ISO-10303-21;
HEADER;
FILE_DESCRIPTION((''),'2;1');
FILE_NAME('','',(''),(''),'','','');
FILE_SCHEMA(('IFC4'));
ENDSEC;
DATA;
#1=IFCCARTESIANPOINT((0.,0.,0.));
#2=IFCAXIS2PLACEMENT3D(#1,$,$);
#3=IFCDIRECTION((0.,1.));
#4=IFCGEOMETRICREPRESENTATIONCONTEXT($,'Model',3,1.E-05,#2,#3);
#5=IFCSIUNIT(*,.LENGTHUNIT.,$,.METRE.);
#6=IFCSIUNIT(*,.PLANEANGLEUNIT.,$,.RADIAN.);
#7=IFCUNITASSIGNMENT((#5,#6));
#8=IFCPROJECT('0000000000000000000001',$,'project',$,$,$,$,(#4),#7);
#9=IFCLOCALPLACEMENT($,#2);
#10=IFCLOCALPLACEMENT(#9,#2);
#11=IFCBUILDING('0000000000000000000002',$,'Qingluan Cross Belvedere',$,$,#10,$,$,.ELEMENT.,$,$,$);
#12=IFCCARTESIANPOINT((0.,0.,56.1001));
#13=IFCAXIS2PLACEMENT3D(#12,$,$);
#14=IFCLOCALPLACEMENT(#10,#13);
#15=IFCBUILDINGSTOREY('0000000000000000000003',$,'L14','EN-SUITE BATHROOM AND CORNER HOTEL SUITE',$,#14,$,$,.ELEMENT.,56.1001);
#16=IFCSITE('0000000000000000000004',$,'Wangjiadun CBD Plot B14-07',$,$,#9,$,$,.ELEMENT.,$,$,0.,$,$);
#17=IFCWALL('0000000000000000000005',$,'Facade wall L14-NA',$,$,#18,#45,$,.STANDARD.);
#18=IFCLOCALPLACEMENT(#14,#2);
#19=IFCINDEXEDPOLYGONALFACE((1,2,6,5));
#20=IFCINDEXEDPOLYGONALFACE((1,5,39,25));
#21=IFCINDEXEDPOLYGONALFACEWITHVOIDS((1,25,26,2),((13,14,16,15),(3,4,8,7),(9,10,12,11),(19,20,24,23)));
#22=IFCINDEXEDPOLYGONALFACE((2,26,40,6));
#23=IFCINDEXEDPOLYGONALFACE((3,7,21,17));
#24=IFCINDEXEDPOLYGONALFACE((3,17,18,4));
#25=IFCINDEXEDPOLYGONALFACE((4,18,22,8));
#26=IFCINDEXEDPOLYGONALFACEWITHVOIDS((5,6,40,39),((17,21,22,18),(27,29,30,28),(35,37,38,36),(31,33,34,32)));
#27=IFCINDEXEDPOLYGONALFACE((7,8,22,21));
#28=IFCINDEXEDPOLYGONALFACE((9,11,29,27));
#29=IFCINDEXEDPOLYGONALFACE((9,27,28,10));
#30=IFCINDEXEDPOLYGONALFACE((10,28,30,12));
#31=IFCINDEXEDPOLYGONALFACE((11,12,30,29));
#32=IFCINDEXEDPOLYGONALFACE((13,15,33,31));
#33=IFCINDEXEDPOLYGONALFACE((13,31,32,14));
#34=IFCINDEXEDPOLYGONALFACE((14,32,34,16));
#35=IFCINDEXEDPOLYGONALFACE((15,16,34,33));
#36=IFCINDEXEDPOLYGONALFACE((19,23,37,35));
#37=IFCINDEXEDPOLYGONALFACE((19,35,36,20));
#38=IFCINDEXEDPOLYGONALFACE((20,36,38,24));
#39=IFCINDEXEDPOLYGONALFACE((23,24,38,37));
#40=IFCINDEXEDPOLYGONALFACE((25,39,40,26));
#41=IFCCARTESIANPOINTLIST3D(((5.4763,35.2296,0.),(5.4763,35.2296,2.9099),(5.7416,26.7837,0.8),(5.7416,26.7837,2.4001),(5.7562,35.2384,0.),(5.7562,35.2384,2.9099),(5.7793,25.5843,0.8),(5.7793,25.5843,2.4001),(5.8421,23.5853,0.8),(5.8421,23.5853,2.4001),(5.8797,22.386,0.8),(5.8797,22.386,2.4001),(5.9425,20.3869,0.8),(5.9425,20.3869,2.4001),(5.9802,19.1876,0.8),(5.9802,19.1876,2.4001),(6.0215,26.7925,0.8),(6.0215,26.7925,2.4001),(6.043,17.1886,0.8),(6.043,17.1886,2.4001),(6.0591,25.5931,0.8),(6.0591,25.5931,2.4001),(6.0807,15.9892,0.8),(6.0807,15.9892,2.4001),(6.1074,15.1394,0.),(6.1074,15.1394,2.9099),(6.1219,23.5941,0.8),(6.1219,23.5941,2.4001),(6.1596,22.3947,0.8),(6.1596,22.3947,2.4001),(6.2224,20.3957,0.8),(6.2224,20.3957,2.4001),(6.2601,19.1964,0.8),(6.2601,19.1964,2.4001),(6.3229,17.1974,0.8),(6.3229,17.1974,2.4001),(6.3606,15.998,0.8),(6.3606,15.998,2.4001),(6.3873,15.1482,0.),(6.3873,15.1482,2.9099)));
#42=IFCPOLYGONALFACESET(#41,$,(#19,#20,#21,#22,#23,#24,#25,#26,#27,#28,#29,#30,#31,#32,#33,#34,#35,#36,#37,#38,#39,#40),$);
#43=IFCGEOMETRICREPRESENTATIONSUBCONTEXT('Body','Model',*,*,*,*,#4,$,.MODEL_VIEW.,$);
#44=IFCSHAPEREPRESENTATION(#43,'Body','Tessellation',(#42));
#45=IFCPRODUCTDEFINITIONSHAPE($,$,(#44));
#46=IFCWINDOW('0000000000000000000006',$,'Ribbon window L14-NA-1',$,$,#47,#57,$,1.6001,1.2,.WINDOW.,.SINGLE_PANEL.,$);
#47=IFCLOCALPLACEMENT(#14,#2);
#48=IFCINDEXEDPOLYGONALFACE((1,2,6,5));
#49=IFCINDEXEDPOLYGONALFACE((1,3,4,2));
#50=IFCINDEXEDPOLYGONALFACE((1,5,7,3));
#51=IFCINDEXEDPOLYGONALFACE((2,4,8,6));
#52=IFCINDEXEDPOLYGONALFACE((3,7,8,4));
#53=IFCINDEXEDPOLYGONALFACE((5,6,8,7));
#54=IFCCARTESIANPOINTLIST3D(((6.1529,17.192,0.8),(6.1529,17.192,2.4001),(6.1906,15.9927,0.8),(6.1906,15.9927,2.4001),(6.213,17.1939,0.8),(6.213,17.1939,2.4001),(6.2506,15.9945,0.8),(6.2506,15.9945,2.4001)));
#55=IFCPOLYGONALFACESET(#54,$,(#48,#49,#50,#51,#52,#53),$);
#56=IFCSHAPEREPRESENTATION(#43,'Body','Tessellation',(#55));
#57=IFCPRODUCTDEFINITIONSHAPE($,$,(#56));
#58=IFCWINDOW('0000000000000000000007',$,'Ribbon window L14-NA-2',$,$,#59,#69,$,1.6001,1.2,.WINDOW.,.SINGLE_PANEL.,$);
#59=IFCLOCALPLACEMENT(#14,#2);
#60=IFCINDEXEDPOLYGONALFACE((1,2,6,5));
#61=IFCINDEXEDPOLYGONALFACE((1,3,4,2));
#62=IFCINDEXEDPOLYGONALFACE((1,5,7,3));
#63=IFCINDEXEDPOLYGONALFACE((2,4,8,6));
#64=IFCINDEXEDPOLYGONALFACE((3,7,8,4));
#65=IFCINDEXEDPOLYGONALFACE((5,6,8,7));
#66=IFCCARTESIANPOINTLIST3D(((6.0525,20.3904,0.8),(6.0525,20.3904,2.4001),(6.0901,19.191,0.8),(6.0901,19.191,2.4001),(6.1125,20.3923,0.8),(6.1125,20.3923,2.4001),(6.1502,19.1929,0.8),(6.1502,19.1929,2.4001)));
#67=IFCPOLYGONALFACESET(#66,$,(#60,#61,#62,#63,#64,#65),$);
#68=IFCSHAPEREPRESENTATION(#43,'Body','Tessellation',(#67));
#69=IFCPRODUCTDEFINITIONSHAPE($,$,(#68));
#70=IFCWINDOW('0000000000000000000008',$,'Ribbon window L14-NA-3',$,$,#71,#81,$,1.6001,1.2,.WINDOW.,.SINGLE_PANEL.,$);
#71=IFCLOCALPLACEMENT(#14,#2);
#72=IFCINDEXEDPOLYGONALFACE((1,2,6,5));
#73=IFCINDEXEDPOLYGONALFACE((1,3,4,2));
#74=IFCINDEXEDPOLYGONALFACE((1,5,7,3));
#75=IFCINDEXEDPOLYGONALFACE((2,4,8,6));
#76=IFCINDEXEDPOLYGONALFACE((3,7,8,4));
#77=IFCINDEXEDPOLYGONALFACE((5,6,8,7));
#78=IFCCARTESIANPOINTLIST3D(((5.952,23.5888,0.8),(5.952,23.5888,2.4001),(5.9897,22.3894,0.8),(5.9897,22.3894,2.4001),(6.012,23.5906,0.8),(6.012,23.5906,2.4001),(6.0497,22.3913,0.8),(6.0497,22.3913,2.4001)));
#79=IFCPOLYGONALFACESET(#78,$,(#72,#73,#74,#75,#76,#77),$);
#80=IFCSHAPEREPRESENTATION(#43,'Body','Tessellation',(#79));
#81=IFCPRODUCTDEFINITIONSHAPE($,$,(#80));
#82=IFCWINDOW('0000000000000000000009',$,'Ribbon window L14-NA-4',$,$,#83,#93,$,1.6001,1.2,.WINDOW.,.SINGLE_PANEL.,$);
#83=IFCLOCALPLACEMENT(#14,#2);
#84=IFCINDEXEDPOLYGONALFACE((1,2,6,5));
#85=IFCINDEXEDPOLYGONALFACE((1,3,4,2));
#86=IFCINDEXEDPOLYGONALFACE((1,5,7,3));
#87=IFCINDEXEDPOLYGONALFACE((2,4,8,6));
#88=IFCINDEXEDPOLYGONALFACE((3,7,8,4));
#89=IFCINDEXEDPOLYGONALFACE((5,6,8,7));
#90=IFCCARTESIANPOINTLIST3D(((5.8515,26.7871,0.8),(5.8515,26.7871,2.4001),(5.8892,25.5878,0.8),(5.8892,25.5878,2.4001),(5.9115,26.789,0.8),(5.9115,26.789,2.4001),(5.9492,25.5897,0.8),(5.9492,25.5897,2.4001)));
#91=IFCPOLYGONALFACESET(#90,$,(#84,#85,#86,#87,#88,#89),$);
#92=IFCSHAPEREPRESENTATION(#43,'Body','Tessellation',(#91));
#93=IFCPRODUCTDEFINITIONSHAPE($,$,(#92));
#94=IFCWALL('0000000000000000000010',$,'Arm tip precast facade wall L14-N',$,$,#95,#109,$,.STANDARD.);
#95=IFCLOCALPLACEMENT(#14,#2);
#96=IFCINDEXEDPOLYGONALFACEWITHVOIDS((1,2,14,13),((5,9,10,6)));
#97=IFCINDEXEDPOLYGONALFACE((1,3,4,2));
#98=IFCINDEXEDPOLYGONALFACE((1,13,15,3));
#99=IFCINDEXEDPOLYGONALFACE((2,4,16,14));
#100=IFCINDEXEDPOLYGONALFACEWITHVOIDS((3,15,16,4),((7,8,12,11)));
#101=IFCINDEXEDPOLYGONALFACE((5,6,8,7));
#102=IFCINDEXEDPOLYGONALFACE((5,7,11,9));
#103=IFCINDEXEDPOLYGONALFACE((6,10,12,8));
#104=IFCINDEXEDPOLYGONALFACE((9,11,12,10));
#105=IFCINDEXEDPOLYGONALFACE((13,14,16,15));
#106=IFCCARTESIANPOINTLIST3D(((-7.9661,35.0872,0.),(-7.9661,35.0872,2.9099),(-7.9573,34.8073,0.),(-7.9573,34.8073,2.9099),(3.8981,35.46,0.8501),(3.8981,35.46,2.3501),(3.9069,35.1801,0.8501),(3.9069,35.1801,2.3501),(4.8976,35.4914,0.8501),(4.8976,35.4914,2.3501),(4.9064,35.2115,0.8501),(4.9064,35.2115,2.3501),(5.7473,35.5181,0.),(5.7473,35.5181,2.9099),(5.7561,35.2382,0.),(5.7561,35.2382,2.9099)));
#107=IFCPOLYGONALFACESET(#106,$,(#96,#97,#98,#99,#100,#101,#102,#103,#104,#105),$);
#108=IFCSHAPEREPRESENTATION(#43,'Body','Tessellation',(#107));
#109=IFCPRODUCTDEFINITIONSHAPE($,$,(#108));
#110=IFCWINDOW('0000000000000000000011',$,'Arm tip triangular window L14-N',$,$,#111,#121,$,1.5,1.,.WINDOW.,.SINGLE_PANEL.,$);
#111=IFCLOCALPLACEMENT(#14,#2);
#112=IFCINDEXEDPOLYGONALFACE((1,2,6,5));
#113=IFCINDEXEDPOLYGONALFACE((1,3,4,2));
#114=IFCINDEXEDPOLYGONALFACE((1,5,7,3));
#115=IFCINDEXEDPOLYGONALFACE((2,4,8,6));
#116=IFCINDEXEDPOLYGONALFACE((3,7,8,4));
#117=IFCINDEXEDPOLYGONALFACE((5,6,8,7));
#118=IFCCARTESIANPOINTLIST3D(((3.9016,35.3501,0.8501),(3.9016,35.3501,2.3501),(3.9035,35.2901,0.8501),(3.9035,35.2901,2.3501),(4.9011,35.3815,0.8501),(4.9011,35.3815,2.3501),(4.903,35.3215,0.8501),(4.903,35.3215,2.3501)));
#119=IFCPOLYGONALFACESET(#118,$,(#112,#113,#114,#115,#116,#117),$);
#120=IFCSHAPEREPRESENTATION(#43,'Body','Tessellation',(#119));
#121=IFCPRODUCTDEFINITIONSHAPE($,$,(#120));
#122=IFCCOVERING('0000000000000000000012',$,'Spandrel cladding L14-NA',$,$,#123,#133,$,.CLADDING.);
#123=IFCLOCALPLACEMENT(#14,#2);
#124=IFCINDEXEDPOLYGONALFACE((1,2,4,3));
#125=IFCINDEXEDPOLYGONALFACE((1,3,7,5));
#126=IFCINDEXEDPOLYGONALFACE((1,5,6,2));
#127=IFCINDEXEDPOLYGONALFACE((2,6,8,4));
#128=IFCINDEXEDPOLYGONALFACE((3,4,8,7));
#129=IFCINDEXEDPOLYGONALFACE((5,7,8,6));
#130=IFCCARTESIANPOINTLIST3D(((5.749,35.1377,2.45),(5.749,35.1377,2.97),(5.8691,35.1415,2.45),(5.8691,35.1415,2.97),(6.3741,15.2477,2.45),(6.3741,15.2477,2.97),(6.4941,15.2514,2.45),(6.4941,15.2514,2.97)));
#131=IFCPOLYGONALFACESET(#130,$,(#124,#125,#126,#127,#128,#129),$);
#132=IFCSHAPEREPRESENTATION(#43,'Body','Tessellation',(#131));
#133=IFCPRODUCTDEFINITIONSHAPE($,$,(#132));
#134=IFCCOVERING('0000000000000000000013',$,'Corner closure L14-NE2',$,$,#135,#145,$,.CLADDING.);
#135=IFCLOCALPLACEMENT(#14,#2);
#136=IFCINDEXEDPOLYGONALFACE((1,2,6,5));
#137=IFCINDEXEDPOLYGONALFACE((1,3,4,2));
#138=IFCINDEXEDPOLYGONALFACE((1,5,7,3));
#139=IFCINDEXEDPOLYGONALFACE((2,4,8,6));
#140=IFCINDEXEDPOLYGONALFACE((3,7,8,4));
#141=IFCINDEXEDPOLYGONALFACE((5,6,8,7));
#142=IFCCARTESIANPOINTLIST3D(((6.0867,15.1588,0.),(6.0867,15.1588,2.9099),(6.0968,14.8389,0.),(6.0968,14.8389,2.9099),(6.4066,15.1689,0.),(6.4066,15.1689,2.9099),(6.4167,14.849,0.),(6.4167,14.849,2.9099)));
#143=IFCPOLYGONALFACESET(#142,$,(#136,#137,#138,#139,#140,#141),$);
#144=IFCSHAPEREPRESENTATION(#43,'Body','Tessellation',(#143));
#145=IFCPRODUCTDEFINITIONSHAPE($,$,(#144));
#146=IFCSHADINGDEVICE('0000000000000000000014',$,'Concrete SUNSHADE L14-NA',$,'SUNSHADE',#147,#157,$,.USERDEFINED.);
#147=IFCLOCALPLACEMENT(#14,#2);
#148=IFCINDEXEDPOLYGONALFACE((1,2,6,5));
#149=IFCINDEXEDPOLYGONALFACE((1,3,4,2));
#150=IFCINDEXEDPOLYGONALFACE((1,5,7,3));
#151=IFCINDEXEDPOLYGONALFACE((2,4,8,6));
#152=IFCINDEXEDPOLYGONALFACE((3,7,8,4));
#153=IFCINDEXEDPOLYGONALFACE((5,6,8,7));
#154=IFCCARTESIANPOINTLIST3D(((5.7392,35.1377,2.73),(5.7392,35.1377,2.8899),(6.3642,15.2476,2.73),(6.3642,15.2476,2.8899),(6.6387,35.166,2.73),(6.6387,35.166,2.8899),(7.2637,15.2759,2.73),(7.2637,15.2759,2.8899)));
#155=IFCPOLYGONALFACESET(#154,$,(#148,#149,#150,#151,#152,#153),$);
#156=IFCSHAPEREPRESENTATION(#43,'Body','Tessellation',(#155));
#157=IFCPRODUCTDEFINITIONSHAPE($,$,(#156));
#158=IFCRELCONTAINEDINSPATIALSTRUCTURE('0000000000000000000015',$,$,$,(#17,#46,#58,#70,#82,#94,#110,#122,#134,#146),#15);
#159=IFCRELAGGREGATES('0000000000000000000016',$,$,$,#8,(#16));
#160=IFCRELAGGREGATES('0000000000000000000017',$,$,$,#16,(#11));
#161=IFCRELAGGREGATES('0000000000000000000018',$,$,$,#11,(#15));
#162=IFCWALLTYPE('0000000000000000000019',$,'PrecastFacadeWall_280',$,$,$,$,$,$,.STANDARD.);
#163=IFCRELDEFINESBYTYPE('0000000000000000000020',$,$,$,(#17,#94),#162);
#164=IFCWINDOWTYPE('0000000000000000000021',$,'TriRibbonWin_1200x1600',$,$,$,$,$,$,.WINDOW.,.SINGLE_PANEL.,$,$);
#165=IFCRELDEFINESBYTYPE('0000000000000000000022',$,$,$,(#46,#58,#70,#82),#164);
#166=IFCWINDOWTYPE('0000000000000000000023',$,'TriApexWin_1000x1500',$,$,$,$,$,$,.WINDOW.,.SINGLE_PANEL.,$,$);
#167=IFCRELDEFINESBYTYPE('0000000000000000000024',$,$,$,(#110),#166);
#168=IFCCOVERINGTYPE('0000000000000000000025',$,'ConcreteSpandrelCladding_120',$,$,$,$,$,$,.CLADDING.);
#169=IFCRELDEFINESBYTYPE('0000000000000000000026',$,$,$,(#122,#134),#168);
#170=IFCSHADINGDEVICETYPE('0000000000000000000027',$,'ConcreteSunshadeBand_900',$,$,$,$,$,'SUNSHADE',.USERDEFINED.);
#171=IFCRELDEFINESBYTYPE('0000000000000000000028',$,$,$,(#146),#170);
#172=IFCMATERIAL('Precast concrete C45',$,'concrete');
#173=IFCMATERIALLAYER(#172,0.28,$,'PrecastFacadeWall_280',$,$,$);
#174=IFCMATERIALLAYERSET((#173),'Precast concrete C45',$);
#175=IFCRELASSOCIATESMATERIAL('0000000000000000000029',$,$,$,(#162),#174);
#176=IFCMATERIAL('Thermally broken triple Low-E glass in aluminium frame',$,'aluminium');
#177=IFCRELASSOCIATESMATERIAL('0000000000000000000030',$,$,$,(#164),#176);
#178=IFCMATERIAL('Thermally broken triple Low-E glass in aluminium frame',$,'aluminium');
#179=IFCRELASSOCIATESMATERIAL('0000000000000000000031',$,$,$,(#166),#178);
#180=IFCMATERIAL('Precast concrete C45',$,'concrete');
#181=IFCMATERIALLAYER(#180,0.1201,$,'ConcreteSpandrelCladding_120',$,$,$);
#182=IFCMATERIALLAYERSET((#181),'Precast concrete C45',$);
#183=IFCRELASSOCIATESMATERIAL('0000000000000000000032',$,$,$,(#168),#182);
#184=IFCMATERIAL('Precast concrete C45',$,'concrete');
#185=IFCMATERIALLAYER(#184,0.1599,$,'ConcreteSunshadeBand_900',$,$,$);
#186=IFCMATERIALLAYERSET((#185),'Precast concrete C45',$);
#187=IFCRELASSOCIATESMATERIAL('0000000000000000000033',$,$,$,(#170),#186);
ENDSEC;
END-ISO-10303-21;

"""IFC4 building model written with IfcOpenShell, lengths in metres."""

from ifc_helpers import new_model, si_unit, direction, frame, frame_2d, origin, origin_2d, place, context, subcontext, project, spatial, rectangle, extrude, material, layer, layer_set, type_object, element, fill, save


model = new_model("IFC4")

# Units and contexts
model_context = context("Model", 3, precision=1e-05, world=origin(), true_north=direction((0.0, 1.0)))
body_context = subcontext(model_context, "Body", "Model", "MODEL_VIEW")
ifc_project = project(units=[si_unit("LENGTHUNIT", "METRE"), si_unit("PLANEANGLEUNIT", "RADIAN")], contexts=[model_context])

# Site, building, storey
site_placement = place(None, origin())
site = spatial("IfcSite", under=ifc_project, at=site_placement, Name="Wangjiadun CBD Plot B14-07", CompositionType="ELEMENT", RefElevation=0.0)
building_placement = place(site_placement, origin())
building = spatial("IfcBuilding", under=site, at=building_placement, Name="Qingluan Cross Belvedere", CompositionType="ELEMENT")
storey_placement = place(building_placement, frame((0.0, 0.0, 56.1001)))
storey = spatial("IfcBuildingStorey", under=building, at=storey_placement, Name="L14", Description="EN-SUITE BATHROOM AND CORNER HOTEL SUITE", CompositionType="ELEMENT", Elevation=56.1001)

# Wall, openings, windows
ifc_material_1 = material(Name="Precast concrete C45", Category="concrete")
ifc_layer_1 = layer(ifc_material_1, 0.28, Name="PrecastFacadeWall_280")
ifc_layer_set_1 = layer_set([ifc_layer_1], Name="Precast concrete C45")
wall_type_1 = type_object("IfcWallType", Name="PrecastFacadeWall_280", PredefinedType="STANDARD", material=ifc_layer_set_1)
wall_1_placement = place(storey_placement, frame((6.2473, 15.1438, 0.0), z_axis=(0.0, 0.0, 1.0), x_axis=(-0.031398, 0.999507, 0.0)))
wall_1 = element("IfcWall", 1, at=wall_1_placement, inside=storey, type_object=wall_type_1, Name="Facade wall L14-NA", PredefinedType="STANDARD", context=body_context, shape_type="SweptSolid", body=[
    extrude(rectangle(XDim=20.1001, YDim=0.28, at=frame_2d((10.05, 0.0))), origin(), (0.0, 0.0, 1.0), 2.9099),
])
opening_1_placement = place(wall_1_placement, frame((0.8501, 0.0, 0.8)))
opening_1 = element("IfcOpeningElement", 2, at=opening_1_placement, cuts=wall_1, PredefinedType="OPENING", context=body_context, shape_type="SweptSolid", body=[
    extrude(rectangle(XDim=1.2, YDim=1.6001, at=frame_2d((0.6001, 0.8))), frame((0.0, 0.1499, 0.0), z_axis=(0.0, -1.0, 0.0), x_axis=(1.0, 0.0, 0.0)), (0.0, 0.0, 1.0), 0.3),
])
opening_2_placement = place(wall_1_placement, frame((4.05, 0.0, 0.8)))
opening_2 = element("IfcOpeningElement", 3, at=opening_2_placement, cuts=wall_1, PredefinedType="OPENING", context=body_context, shape_type="SweptSolid", body=[
    extrude(rectangle(XDim=1.2, YDim=1.6001, at=frame_2d((0.6001, 0.8))), frame((0.0, 0.1499, 0.0), z_axis=(0.0, -1.0, 0.0), x_axis=(1.0, 0.0, 0.0)), (0.0, 0.0, 1.0), 0.3),
])
opening_3_placement = place(wall_1_placement, frame((7.25, 0.0, 0.8)))
opening_3 = element("IfcOpeningElement", 4, at=opening_3_placement, cuts=wall_1, PredefinedType="OPENING", context=body_context, shape_type="SweptSolid", body=[
    extrude(rectangle(XDim=1.2, YDim=1.6001, at=frame_2d((0.6001, 0.8))), frame((0.0, 0.1499, 0.0), z_axis=(0.0, -1.0, 0.0), x_axis=(1.0, 0.0, 0.0)), (0.0, 0.0, 1.0), 0.3),
])
opening_4_placement = place(wall_1_placement, frame((10.45, 0.0, 0.8)))
opening_4 = element("IfcOpeningElement", 5, at=opening_4_placement, cuts=wall_1, PredefinedType="OPENING", context=body_context, shape_type="SweptSolid", body=[
    extrude(rectangle(XDim=1.2, YDim=1.6001, at=frame_2d((0.6001, 0.8))), frame((0.0, 0.1499, 0.0), z_axis=(0.0, -1.0, 0.0), x_axis=(1.0, 0.0, 0.0)), (0.0, 0.0, 1.0), 0.3),
])
ifc_material_2 = material(Name="Thermally broken triple Low-E glass in aluminium frame", Category="aluminium")
window_type_1 = type_object("IfcWindowType", Name="TriRibbonWin_1200x1600", PartitioningType="SINGLE_PANEL", PredefinedType="WINDOW", material=ifc_material_2)
window_1_placement = place(opening_1_placement, origin())
window_1 = element("IfcWindow", 6, at=window_1_placement, inside=storey, type_object=window_type_1, Name="Ribbon window L14-NA-1", OverallHeight=1.6001, OverallWidth=1.2, PartitioningType="SINGLE_PANEL", PredefinedType="WINDOW", context=body_context, shape_type="SweptSolid", body=[
    extrude(rectangle(XDim=1.2, YDim=1.6001, at=frame_2d((0.6001, 0.8))), frame((0.0, 0.03, 0.0), z_axis=(0.0, -1.0, 0.0), x_axis=(1.0, 0.0, 0.0)), (0.0, 0.0, 1.0), 0.0601),
])
fill(opening_1, window_1)
window_2_placement = place(opening_2_placement, origin())
window_2 = element("IfcWindow", 7, at=window_2_placement, inside=storey, type_object=window_type_1, Name="Ribbon window L14-NA-2", OverallHeight=1.6001, OverallWidth=1.2, PartitioningType="SINGLE_PANEL", PredefinedType="WINDOW", context=body_context, shape_type="SweptSolid", body=[
    extrude(rectangle(XDim=1.2, YDim=1.6001, at=frame_2d((0.6001, 0.8))), frame((0.0, 0.03, 0.0), z_axis=(0.0, -1.0, 0.0), x_axis=(1.0, 0.0, 0.0)), (0.0, 0.0, 1.0), 0.0601),
])
fill(opening_2, window_2)
window_3_placement = place(opening_3_placement, origin())
window_3 = element("IfcWindow", 8, at=window_3_placement, inside=storey, type_object=window_type_1, Name="Ribbon window L14-NA-3", OverallHeight=1.6001, OverallWidth=1.2, PartitioningType="SINGLE_PANEL", PredefinedType="WINDOW", context=body_context, shape_type="SweptSolid", body=[
    extrude(rectangle(XDim=1.2, YDim=1.6001, at=frame_2d((0.6001, 0.8))), frame((0.0, 0.03, 0.0), z_axis=(0.0, -1.0, 0.0), x_axis=(1.0, 0.0, 0.0)), (0.0, 0.0, 1.0), 0.0601),
])
fill(opening_3, window_3)
window_4_placement = place(opening_4_placement, origin())
window_4 = element("IfcWindow", 9, at=window_4_placement, inside=storey, type_object=window_type_1, Name="Ribbon window L14-NA-4", OverallHeight=1.6001, OverallWidth=1.2, PartitioningType="SINGLE_PANEL", PredefinedType="WINDOW", context=body_context, shape_type="SweptSolid", body=[
    extrude(rectangle(XDim=1.2, YDim=1.6001, at=frame_2d((0.6001, 0.8))), frame((0.0, 0.03, 0.0), z_axis=(0.0, -1.0, 0.0), x_axis=(1.0, 0.0, 0.0)), (0.0, 0.0, 1.0), 0.0601),
])
fill(opening_4, window_4)

# Wall, opening, window
wall_2_placement = place(storey_placement, frame((5.7517, 35.3782, 0.0), z_axis=(0.0, 0.0, 1.0), x_axis=(-0.999507, -0.031407, 0.0)))
wall_2 = element("IfcWall", 10, at=wall_2_placement, inside=storey, type_object=wall_type_1, Name="Arm tip precast facade wall L14-N", PredefinedType="STANDARD", context=body_context, shape_type="SweptSolid", body=[
    extrude(rectangle(XDim=13.7202, YDim=0.28, at=frame_2d((6.8601, 0.0))), origin(), (0.0, 0.0, 1.0), 2.9099),
])
opening_5_placement = place(wall_2_placement, frame((0.8501, 0.0, 0.8501)))
opening_5 = element("IfcOpeningElement", 11, at=opening_5_placement, cuts=wall_2, PredefinedType="OPENING", context=body_context, shape_type="SweptSolid", body=[
    extrude(rectangle(XDim=1.0, YDim=1.5, at=frame_2d((0.5, 0.75))), frame((0.0, 0.1499, 0.0), z_axis=(0.0, -1.0, 0.0), x_axis=(1.0, 0.0, 0.0)), (0.0, 0.0, 1.0), 0.3),
])
ifc_material_3 = material(Name="Thermally broken triple Low-E glass in aluminium frame", Category="aluminium")
window_type_2 = type_object("IfcWindowType", Name="TriApexWin_1000x1500", PartitioningType="SINGLE_PANEL", PredefinedType="WINDOW", material=ifc_material_3)
window_5_placement = place(opening_5_placement, origin())
window_5 = element("IfcWindow", 12, at=window_5_placement, inside=storey, type_object=window_type_2, Name="Arm tip triangular window L14-N", OverallHeight=1.5, OverallWidth=1.0, PartitioningType="SINGLE_PANEL", PredefinedType="WINDOW", context=body_context, shape_type="SweptSolid", body=[
    extrude(rectangle(XDim=1.0, YDim=1.5, at=frame_2d((0.5, 0.75))), frame((0.0, 0.03, 0.0), z_axis=(0.0, -1.0, 0.0), x_axis=(1.0, 0.0, 0.0)), (0.0, 0.0, 1.0), 0.0601),
])
fill(opening_5, window_5)

# Coverings
ifc_material_4 = material(Name="Precast concrete C45", Category="concrete")
ifc_layer_2 = layer(ifc_material_4, 0.1201, Name="ConcreteSpandrelCladding_120")
ifc_layer_set_2 = layer_set([ifc_layer_2], Name="Precast concrete C45")
covering_type = type_object("IfcCoveringType", Name="ConcreteSpandrelCladding_120", PredefinedType="CLADDING", material=ifc_layer_set_2)
covering_1_placement = place(storey_placement, frame((6.1216, 25.1946, 2.45), z_axis=(0.0, 0.0, 1.0), x_axis=(-0.031408, 0.999507, 0.0)))
element("IfcCovering", 13, at=covering_1_placement, inside=storey, type_object=covering_type, Name="Spandrel cladding L14-NA", PredefinedType="CLADDING", context=body_context, shape_type="SweptSolid", body=[
    extrude(rectangle(XDim=19.8999, YDim=0.1201, at=origin_2d()), origin(), (0.0, 0.0, 1.0), 0.52),
])
covering_2_placement = place(storey_placement, frame((6.2517, 15.0039, 0.0), z_axis=(0.0, 0.0, 1.0), x_axis=(0.999507, 0.031411, 0.0)))
element("IfcCovering", 14, at=covering_2_placement, inside=storey, type_object=covering_type, Name="Corner closure L14-NE2", PredefinedType="CLADDING", context=body_context, shape_type="SweptSolid", body=[
    extrude(rectangle(XDim=0.3201, YDim=0.3201, at=origin_2d()), origin(), (0.0, 0.0, 1.0), 2.9099),
])

# Shading device
ifc_material_5 = material(Name="Precast concrete C45", Category="concrete")
ifc_layer_3 = layer(ifc_material_5, 0.1599, Name="ConcreteSunshadeBand_900")
ifc_layer_set_3 = layer_set([ifc_layer_3], Name="Precast concrete C45")
shading_device_type = type_object("IfcShadingDeviceType", Name="ConcreteSunshadeBand_900", ElementType="SUNSHADE", PredefinedType="USERDEFINED", material=ifc_layer_set_3)
shading_device_placement = place(storey_placement, frame((6.5015, 25.2068, 2.73), z_axis=(0.0, 0.0, 1.0), x_axis=(-0.031408, 0.999507, 0.0)))
element("IfcShadingDevice", 15, at=shading_device_placement, inside=storey, type_object=shading_device_type, Name="Concrete SUNSHADE L14-NA", ObjectType="SUNSHADE", PredefinedType="USERDEFINED", context=body_context, shape_type="SweptSolid", body=[
    extrude(rectangle(XDim=19.8999, YDim=0.8999, at=origin_2d()), origin(), (0.0, 0.0, 1.0), 0.1599),
])

save(model, "model.ifc")
